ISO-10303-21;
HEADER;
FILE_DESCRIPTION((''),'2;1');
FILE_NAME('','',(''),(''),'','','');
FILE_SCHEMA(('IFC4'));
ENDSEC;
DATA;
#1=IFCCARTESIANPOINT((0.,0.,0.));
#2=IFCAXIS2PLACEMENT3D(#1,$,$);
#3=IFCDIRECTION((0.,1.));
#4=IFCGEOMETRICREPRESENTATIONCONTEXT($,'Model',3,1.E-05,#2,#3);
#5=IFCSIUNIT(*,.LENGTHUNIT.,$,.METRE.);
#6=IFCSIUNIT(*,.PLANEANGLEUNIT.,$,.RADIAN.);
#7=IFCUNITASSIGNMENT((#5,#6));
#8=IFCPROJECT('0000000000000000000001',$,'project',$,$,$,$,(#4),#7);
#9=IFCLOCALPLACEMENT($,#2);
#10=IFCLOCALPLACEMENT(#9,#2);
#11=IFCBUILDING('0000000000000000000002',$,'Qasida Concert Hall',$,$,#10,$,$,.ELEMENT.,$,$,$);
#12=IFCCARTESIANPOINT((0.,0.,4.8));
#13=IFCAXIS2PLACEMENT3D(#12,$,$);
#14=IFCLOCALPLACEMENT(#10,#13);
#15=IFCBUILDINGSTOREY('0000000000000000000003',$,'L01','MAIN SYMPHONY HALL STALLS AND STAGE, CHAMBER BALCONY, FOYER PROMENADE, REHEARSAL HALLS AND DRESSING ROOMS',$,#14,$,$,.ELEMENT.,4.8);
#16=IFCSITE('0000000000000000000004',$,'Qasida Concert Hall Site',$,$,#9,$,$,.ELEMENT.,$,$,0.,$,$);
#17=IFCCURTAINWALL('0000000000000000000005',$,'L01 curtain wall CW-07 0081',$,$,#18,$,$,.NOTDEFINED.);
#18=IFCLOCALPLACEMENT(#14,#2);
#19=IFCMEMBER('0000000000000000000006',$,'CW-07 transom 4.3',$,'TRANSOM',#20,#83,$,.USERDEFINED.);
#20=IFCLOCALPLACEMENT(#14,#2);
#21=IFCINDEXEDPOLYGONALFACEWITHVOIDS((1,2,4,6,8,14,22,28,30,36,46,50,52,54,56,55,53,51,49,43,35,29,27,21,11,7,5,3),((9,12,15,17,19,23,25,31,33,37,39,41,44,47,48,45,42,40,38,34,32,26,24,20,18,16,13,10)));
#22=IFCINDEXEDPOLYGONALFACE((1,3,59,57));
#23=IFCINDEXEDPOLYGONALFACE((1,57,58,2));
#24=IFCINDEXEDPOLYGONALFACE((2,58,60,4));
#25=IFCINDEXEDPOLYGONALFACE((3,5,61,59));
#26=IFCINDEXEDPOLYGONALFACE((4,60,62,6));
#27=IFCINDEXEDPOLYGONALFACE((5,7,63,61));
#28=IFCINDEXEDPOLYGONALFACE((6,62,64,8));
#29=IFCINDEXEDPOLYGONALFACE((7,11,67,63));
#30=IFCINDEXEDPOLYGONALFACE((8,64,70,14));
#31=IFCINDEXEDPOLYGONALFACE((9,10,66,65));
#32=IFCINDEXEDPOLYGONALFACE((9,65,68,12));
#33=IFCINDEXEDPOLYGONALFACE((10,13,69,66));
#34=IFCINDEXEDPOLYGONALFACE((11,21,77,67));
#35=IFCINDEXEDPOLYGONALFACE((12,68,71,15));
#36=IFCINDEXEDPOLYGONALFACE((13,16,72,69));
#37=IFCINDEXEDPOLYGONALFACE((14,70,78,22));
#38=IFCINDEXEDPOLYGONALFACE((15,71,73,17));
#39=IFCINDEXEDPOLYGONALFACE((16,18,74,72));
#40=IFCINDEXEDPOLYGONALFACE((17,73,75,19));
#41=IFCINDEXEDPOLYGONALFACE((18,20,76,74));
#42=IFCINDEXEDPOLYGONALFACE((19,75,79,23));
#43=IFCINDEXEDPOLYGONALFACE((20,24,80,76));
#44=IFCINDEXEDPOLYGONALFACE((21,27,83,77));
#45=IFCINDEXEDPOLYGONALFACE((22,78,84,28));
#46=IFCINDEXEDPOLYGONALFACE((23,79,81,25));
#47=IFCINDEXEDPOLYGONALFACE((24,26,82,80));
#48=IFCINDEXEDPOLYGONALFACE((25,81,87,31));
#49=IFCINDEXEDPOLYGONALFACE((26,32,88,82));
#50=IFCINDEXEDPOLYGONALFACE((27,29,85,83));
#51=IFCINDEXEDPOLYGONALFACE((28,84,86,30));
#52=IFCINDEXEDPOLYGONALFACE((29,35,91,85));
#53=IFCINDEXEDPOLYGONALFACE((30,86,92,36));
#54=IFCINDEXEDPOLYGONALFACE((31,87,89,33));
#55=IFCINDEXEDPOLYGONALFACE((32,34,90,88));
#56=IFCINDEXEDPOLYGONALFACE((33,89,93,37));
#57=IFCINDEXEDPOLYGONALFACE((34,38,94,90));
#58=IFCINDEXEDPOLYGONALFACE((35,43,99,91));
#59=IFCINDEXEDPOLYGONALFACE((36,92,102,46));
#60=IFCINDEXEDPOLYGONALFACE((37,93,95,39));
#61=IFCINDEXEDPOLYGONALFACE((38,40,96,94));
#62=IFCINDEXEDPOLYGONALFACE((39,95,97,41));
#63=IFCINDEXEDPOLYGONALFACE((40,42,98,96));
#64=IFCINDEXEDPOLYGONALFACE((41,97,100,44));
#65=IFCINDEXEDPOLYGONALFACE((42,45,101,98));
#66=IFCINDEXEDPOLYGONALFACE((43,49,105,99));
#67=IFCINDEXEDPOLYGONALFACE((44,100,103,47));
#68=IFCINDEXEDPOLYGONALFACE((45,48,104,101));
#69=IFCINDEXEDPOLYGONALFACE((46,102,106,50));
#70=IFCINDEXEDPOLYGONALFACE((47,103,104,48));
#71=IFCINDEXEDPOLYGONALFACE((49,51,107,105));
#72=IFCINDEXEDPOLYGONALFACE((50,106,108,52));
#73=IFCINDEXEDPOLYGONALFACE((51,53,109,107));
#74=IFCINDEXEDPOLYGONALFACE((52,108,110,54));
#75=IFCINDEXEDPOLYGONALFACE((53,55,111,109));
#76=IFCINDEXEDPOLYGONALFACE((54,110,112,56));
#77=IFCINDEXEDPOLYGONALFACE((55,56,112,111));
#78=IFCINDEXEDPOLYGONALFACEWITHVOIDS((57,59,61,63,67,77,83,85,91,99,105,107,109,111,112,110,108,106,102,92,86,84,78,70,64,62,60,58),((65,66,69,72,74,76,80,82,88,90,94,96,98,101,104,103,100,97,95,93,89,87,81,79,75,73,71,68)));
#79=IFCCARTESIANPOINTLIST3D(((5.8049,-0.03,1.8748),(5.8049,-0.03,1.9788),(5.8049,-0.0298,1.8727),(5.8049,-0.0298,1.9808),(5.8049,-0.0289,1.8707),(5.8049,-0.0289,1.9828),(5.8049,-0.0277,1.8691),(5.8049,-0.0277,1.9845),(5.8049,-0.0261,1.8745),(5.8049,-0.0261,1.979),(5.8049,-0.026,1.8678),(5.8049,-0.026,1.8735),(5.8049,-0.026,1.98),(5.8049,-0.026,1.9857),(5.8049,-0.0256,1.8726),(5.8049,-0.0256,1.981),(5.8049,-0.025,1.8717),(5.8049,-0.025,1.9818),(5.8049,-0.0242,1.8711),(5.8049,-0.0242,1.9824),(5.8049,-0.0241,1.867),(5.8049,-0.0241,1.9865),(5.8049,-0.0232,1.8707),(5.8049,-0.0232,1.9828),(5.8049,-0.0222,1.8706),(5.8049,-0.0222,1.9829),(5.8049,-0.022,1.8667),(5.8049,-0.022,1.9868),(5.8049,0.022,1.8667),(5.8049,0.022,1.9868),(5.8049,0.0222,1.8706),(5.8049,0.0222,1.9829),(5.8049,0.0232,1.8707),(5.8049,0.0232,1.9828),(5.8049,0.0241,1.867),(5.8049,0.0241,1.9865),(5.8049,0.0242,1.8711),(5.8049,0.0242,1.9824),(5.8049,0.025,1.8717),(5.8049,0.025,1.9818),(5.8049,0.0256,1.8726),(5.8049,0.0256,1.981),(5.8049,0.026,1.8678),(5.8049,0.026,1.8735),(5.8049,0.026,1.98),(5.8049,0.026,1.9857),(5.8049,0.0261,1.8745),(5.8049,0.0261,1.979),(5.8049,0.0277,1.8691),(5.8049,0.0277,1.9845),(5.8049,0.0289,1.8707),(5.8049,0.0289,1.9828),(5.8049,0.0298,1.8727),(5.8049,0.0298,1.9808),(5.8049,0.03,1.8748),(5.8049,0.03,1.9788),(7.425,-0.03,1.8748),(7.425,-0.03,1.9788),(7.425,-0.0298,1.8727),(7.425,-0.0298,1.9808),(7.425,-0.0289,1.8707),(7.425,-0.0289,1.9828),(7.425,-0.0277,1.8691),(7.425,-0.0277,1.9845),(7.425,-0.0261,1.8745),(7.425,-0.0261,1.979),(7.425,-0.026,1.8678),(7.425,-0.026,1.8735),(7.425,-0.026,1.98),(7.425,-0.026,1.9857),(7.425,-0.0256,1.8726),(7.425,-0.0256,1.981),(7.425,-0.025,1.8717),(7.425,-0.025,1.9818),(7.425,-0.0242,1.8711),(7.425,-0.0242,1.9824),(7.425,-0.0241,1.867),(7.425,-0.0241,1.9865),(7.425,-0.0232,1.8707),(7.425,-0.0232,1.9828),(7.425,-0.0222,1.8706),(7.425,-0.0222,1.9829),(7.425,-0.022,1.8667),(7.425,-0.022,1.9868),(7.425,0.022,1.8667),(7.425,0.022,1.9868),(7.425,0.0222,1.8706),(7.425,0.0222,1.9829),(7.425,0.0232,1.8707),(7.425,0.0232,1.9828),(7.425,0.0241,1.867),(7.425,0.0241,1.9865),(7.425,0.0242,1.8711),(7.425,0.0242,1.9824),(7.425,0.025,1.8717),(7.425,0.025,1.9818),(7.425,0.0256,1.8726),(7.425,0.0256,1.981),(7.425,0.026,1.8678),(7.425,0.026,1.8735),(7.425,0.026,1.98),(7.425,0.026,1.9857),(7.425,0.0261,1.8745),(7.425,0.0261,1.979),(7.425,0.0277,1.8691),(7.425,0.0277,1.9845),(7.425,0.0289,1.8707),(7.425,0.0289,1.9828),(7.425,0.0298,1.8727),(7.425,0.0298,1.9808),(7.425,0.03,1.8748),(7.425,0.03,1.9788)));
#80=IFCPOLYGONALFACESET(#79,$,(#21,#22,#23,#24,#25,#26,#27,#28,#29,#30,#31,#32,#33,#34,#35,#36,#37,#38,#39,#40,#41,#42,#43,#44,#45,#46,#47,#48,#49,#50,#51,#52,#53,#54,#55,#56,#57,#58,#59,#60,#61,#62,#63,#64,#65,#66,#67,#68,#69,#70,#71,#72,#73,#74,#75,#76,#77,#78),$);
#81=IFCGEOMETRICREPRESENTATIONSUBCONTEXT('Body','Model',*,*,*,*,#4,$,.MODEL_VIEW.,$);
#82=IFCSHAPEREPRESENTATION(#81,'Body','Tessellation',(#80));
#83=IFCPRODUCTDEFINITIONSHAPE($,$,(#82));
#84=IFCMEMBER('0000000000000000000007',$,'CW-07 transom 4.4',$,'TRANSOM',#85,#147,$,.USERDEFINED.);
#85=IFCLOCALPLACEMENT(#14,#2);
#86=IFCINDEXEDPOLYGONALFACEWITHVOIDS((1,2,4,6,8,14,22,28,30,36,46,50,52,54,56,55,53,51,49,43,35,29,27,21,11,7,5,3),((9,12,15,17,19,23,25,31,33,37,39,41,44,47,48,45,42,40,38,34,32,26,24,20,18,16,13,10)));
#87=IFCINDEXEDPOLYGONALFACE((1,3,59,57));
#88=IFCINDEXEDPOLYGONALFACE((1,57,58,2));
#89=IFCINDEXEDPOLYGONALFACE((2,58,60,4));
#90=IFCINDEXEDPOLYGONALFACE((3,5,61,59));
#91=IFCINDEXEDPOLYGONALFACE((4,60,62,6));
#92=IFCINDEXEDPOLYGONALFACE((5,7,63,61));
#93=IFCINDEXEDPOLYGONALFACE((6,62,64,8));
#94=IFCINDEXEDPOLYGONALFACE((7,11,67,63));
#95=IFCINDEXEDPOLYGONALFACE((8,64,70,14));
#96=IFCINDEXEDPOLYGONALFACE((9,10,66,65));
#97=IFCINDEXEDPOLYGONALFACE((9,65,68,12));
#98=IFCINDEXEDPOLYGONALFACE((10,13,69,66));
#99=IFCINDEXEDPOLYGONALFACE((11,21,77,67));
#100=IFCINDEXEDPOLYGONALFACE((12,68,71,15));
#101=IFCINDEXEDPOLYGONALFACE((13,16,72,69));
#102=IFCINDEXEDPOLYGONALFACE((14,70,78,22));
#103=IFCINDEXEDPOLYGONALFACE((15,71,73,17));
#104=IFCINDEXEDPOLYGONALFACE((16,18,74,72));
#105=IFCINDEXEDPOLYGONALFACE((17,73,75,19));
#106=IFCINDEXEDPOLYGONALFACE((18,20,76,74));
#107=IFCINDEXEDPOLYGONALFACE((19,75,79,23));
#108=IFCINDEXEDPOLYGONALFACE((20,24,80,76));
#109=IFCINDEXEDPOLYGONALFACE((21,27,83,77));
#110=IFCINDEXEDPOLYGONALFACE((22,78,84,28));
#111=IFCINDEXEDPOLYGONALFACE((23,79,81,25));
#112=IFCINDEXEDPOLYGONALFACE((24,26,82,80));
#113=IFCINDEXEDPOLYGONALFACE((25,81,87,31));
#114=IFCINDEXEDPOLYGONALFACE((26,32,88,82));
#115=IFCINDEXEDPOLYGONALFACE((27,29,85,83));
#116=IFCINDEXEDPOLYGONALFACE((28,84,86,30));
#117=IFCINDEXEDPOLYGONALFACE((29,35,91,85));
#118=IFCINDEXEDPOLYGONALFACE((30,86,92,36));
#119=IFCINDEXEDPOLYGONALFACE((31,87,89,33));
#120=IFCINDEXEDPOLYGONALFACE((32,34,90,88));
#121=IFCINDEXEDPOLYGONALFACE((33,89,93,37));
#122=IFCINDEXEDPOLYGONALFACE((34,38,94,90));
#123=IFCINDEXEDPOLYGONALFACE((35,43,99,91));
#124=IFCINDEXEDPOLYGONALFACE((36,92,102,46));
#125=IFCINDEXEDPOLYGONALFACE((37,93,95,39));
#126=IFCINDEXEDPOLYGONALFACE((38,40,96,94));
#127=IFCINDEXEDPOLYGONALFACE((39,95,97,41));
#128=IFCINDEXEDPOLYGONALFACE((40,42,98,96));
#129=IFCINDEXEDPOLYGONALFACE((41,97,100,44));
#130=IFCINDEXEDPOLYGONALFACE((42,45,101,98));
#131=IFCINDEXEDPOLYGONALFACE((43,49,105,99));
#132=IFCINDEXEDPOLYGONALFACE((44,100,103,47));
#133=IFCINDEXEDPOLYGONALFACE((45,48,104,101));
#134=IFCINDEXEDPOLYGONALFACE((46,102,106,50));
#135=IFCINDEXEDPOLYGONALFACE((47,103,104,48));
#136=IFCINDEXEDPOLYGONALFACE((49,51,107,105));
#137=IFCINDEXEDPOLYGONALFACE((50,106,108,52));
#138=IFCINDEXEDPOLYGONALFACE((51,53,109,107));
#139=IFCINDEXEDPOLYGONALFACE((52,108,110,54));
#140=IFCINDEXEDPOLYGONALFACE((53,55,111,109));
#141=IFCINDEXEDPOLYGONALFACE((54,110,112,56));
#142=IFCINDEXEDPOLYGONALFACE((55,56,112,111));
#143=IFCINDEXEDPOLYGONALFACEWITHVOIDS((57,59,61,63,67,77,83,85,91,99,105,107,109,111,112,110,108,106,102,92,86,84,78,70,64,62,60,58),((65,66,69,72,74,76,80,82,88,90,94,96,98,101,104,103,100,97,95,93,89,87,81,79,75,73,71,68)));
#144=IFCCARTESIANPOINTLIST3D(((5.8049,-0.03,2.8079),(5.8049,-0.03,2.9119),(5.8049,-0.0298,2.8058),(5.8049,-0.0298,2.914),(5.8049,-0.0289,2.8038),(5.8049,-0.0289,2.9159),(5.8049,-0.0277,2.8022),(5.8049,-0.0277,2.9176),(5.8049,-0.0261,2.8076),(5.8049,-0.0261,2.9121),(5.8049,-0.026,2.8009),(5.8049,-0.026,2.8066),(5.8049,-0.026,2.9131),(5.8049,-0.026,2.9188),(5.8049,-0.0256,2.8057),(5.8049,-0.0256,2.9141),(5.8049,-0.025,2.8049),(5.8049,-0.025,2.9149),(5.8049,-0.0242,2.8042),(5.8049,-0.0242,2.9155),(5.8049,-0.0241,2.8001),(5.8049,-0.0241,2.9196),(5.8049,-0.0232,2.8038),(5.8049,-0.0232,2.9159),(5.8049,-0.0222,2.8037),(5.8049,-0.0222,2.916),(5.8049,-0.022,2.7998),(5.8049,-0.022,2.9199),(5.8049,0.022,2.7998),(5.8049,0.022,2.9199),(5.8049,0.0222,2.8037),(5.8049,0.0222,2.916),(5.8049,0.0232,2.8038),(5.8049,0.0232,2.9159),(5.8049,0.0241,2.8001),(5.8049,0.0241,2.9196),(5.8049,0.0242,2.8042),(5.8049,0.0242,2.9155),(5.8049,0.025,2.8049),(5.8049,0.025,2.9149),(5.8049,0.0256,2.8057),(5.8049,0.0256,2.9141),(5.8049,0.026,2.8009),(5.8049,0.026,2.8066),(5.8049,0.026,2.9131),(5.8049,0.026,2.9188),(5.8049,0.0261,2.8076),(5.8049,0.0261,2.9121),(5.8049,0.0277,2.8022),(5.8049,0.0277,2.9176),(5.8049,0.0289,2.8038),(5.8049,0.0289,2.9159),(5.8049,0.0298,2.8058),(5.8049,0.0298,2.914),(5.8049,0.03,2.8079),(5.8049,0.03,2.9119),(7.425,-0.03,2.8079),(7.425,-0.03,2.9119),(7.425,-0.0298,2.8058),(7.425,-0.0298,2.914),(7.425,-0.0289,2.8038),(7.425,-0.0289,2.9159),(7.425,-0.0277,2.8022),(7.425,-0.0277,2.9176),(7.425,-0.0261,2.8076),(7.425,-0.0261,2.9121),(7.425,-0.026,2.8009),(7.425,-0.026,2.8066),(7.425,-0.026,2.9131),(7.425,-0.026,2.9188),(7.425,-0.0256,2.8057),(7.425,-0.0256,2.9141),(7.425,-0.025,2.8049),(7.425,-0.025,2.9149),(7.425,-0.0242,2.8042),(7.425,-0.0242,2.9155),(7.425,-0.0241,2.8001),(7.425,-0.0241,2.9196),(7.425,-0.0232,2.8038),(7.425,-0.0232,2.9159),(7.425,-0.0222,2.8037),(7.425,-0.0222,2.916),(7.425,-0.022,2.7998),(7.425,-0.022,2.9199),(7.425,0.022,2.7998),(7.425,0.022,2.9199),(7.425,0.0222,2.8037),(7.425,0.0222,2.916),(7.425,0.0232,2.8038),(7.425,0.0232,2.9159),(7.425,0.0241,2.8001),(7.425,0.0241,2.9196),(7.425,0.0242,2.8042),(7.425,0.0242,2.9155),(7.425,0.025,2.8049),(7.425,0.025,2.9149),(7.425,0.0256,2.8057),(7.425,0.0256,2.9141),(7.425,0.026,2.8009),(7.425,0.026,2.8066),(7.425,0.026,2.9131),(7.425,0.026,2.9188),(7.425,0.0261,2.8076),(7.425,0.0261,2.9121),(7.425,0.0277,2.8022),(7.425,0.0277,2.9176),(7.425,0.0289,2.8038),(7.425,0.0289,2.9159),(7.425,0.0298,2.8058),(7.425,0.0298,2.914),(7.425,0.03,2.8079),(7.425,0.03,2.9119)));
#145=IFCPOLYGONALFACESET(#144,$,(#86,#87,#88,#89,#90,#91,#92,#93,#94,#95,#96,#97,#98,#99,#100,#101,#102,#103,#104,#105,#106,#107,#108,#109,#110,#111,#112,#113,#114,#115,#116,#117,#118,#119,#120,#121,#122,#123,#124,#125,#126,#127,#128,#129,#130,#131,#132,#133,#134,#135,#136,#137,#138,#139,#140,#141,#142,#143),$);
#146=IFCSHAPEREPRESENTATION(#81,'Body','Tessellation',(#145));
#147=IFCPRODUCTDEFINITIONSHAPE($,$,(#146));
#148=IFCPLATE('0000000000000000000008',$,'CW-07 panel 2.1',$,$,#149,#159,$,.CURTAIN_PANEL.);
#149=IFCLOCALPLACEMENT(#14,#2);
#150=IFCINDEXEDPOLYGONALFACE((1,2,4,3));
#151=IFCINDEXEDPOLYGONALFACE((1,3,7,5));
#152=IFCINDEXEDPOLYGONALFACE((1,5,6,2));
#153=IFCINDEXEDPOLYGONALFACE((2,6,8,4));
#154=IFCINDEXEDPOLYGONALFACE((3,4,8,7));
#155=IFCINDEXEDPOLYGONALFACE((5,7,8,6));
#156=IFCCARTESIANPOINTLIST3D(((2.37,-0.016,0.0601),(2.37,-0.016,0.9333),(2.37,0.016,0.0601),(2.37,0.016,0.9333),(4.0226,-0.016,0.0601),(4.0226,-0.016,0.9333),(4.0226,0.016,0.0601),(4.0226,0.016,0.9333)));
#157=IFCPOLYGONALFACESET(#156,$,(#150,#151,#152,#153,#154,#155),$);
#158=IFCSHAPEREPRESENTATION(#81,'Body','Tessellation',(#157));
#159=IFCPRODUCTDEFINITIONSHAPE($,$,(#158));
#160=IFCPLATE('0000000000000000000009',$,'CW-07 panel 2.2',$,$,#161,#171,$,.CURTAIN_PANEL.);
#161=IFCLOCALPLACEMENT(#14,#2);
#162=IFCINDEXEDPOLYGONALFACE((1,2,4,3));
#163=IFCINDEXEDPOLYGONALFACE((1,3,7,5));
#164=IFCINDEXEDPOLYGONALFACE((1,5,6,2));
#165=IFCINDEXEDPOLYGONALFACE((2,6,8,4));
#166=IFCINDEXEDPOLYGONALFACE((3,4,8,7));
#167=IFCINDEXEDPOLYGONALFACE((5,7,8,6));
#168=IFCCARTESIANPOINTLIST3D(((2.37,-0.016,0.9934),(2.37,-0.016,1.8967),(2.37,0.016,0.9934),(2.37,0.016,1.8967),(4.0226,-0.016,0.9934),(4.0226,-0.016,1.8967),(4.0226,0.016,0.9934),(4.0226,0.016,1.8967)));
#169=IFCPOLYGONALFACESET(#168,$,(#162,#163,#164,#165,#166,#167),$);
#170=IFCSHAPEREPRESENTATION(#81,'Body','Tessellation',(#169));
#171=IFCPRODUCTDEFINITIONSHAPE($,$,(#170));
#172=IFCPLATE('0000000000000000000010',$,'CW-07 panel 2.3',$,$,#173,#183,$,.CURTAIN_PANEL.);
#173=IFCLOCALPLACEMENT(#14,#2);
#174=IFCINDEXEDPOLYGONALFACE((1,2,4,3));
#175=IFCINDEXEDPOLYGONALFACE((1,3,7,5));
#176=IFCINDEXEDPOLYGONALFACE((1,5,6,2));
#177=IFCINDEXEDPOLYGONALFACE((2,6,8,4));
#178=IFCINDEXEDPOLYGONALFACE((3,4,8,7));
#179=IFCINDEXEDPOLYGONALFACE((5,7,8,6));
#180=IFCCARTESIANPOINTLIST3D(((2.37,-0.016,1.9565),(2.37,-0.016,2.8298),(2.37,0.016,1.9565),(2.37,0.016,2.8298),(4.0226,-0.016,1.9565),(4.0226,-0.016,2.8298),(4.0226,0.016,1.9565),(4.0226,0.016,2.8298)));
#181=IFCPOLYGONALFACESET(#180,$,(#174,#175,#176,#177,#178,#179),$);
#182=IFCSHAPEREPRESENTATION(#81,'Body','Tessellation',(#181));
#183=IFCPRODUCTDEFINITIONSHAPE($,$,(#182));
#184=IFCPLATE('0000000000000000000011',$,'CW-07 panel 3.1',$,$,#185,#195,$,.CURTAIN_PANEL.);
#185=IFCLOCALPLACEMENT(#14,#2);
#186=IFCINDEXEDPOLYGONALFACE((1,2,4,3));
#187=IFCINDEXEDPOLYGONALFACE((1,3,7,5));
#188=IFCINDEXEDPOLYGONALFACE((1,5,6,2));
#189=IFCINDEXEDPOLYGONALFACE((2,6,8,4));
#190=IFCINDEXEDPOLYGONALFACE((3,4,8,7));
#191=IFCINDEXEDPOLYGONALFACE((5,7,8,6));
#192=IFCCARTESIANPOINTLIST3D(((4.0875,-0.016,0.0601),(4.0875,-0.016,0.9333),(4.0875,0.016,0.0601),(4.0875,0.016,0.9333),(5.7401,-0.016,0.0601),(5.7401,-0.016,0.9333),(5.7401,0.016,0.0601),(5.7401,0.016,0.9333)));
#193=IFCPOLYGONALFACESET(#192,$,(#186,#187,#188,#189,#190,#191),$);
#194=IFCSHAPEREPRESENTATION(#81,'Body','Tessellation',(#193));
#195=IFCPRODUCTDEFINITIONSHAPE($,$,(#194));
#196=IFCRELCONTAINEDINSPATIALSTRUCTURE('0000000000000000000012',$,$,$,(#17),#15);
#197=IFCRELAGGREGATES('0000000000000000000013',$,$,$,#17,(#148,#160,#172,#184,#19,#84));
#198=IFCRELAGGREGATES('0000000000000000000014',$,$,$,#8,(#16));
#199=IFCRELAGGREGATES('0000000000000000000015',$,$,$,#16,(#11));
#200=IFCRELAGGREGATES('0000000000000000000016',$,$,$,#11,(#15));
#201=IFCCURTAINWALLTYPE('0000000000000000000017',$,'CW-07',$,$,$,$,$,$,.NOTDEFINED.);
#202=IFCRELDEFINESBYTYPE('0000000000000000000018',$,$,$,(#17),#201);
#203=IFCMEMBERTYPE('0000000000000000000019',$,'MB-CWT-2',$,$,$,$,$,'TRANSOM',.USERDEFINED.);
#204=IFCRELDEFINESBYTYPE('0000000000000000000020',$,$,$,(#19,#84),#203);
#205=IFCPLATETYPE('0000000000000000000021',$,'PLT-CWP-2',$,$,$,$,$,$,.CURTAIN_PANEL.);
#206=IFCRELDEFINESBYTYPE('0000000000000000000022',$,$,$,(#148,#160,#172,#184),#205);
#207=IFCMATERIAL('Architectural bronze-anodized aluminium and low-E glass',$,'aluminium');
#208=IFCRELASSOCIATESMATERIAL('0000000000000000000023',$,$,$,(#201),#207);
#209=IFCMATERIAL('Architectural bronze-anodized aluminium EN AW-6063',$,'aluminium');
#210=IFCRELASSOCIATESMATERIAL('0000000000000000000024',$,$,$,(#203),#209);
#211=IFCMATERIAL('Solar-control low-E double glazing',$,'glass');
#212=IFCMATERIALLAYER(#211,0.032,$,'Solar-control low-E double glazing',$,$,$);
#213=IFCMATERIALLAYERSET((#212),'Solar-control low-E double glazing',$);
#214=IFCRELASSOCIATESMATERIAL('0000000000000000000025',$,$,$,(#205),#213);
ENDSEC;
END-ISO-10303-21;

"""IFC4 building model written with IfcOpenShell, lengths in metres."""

from ifc_helpers import new_model, si_unit, direction, frame, origin, origin_2d, place, context, subcontext, project, spatial, rectangle, hollow_rectangle, extrude, material, layer, layer_set, material_profile, profile_set, type_object, element, aggregate, save


model = new_model("IFC4")

# Units and contexts
model_context = context("Model", 3, precision=1e-05, world=origin(), true_north=direction((0.0, 1.0)))
body_context = subcontext(model_context, "Body", "Model", "MODEL_VIEW")
ifc_project = project(units=[si_unit("LENGTHUNIT", "METRE"), si_unit("PLANEANGLEUNIT", "RADIAN")], contexts=[model_context])

# Site, building, storey
site_placement = place(None, origin())
site = spatial("IfcSite", under=ifc_project, at=site_placement, Name="Qasida Concert Hall Site", CompositionType="ELEMENT", RefElevation=0.0)
building_placement = place(site_placement, origin())
building = spatial("IfcBuilding", under=site, at=building_placement, Name="Qasida Concert Hall", CompositionType="ELEMENT")
storey_placement = place(building_placement, frame((0.0, 0.0, 4.8)))
storey = spatial("IfcBuildingStorey", under=building, at=storey_placement, Name="L01", Description="MAIN SYMPHONY HALL STALLS AND STAGE, CHAMBER BALCONY, FOYER PROMENADE, REHEARSAL HALLS AND DRESSING ROOMS", CompositionType="ELEMENT", Elevation=4.8)

# Curtain wall, members, plates
ifc_material_1 = material(Name="Architectural bronze-anodized aluminium and low-E glass", Category="aluminium")
curtain_wall_type = type_object("IfcCurtainWallType", Name="CW-07", PredefinedType="NOTDEFINED", material=ifc_material_1)
curtain_wall_placement = place(storey_placement, origin())
curtain_wall = element("IfcCurtainWall", 1, at=curtain_wall_placement, inside=storey, type_object=curtain_wall_type, Name="L01 curtain wall CW-07 0081", PredefinedType="NOTDEFINED")
ifc_material_2 = material(Name="Architectural bronze-anodized aluminium EN AW-6063", Category="aluminium")
ifc_material_profile_1 = material_profile(ifc_material_2, hollow_rectangle(XDim=0.0601, YDim=0.1201, WallThickness=0.0039, InnerFilletRadius=0.0039, OuterFilletRadius=0.0081, at=origin_2d()), Name="CWT 120x60x4")
ifc_profile_set_1 = profile_set([ifc_material_profile_1], Name="Architectural bronze-anodized aluminium EN AW-6063")
member_type_1 = type_object("IfcMemberType", Name="MB-CWT-2", ElementType="TRANSOM", PredefinedType="USERDEFINED", material=ifc_profile_set_1)
member_1_placement = place(storey_placement, frame((5.8049, 0.0, 1.9268), z_axis=(1.0, 0.0, 0.0), x_axis=(0.0, 1.0, 0.0)))
member_1 = element("IfcMember", 2, at=member_1_placement, type_object=member_type_1, Name="CW-07 transom 4.3", ObjectType="TRANSOM", PredefinedType="USERDEFINED", context=body_context, shape_type="SweptSolid", body=[
    extrude(hollow_rectangle(XDim=0.0601, YDim=0.1201, WallThickness=0.0039, InnerFilletRadius=0.0039, OuterFilletRadius=0.0081, at=origin_2d()), origin(), (0.0, 0.0, 1.0), 1.6201),
])
member_2_placement = place(storey_placement, frame((5.8049, 0.0, 2.8599), z_axis=(1.0, 0.0, 0.0), x_axis=(0.0, 1.0, 0.0)))
member_2 = element("IfcMember", 3, at=member_2_placement, type_object=member_type_1, Name="CW-07 transom 4.4", ObjectType="TRANSOM", PredefinedType="USERDEFINED", context=body_context, shape_type="SweptSolid", body=[
    extrude(hollow_rectangle(XDim=0.0601, YDim=0.1201, WallThickness=0.0039, InnerFilletRadius=0.0039, OuterFilletRadius=0.0081, at=origin_2d()), origin(), (0.0, 0.0, 1.0), 1.6201),
])
ifc_material_3 = material(Name="Solar-control low-E double glazing", Category="glass")
ifc_layer_1 = layer(ifc_material_3, 0.032, Name="Solar-control low-E double glazing")
ifc_layer_set_1 = layer_set([ifc_layer_1], Name="Solar-control low-E double glazing")
plate_type = type_object("IfcPlateType", Name="PLT-CWP-2", PredefinedType="CURTAIN_PANEL", material=ifc_layer_set_1)
plate_1_placement = place(storey_placement, frame((3.1963, 0.0, 0.0601), z_axis=(0.0, 0.0, 1.0), x_axis=(1.0, 0.0, 0.0)))
plate_1 = element("IfcPlate", 4, at=plate_1_placement, type_object=plate_type, Name="CW-07 panel 2.1", PredefinedType="CURTAIN_PANEL", context=body_context, shape_type="SweptSolid", body=[
    extrude(rectangle(XDim=1.6526, YDim=0.032, at=origin_2d()), origin(), (0.0, 0.0, 1.0), 0.8733),
])
plate_2_placement = place(storey_placement, frame((3.1963, 0.0, 0.9934), z_axis=(0.0, 0.0, 1.0), x_axis=(1.0, 0.0, 0.0)))
plate_2 = element("IfcPlate", 5, at=plate_2_placement, type_object=plate_type, Name="CW-07 panel 2.2", PredefinedType="CURTAIN_PANEL", context=body_context, shape_type="SweptSolid", body=[
    extrude(rectangle(XDim=1.6526, YDim=0.032, at=origin_2d()), origin(), (0.0, 0.0, 1.0), 0.9033),
])
plate_3_placement = place(storey_placement, frame((3.1963, 0.0, 1.9565), z_axis=(0.0, 0.0, 1.0), x_axis=(1.0, 0.0, 0.0)))
plate_3 = element("IfcPlate", 6, at=plate_3_placement, type_object=plate_type, Name="CW-07 panel 2.3", PredefinedType="CURTAIN_PANEL", context=body_context, shape_type="SweptSolid", body=[
    extrude(rectangle(XDim=1.6526, YDim=0.032, at=origin_2d()), origin(), (0.0, 0.0, 1.0), 0.8733),
])
plate_4_placement = place(storey_placement, frame((4.9138, 0.0, 0.0601), z_axis=(0.0, 0.0, 1.0), x_axis=(1.0, 0.0, 0.0)))
plate_4 = element("IfcPlate", 7, at=plate_4_placement, type_object=plate_type, Name="CW-07 panel 3.1", PredefinedType="CURTAIN_PANEL", context=body_context, shape_type="SweptSolid", body=[
    extrude(rectangle(XDim=1.6526, YDim=0.032, at=origin_2d()), origin(), (0.0, 0.0, 1.0), 0.8733),
])
aggregate(curtain_wall, [plate_1, plate_2, plate_3, plate_4, member_1, member_2])

save(model, "model.ifc")
